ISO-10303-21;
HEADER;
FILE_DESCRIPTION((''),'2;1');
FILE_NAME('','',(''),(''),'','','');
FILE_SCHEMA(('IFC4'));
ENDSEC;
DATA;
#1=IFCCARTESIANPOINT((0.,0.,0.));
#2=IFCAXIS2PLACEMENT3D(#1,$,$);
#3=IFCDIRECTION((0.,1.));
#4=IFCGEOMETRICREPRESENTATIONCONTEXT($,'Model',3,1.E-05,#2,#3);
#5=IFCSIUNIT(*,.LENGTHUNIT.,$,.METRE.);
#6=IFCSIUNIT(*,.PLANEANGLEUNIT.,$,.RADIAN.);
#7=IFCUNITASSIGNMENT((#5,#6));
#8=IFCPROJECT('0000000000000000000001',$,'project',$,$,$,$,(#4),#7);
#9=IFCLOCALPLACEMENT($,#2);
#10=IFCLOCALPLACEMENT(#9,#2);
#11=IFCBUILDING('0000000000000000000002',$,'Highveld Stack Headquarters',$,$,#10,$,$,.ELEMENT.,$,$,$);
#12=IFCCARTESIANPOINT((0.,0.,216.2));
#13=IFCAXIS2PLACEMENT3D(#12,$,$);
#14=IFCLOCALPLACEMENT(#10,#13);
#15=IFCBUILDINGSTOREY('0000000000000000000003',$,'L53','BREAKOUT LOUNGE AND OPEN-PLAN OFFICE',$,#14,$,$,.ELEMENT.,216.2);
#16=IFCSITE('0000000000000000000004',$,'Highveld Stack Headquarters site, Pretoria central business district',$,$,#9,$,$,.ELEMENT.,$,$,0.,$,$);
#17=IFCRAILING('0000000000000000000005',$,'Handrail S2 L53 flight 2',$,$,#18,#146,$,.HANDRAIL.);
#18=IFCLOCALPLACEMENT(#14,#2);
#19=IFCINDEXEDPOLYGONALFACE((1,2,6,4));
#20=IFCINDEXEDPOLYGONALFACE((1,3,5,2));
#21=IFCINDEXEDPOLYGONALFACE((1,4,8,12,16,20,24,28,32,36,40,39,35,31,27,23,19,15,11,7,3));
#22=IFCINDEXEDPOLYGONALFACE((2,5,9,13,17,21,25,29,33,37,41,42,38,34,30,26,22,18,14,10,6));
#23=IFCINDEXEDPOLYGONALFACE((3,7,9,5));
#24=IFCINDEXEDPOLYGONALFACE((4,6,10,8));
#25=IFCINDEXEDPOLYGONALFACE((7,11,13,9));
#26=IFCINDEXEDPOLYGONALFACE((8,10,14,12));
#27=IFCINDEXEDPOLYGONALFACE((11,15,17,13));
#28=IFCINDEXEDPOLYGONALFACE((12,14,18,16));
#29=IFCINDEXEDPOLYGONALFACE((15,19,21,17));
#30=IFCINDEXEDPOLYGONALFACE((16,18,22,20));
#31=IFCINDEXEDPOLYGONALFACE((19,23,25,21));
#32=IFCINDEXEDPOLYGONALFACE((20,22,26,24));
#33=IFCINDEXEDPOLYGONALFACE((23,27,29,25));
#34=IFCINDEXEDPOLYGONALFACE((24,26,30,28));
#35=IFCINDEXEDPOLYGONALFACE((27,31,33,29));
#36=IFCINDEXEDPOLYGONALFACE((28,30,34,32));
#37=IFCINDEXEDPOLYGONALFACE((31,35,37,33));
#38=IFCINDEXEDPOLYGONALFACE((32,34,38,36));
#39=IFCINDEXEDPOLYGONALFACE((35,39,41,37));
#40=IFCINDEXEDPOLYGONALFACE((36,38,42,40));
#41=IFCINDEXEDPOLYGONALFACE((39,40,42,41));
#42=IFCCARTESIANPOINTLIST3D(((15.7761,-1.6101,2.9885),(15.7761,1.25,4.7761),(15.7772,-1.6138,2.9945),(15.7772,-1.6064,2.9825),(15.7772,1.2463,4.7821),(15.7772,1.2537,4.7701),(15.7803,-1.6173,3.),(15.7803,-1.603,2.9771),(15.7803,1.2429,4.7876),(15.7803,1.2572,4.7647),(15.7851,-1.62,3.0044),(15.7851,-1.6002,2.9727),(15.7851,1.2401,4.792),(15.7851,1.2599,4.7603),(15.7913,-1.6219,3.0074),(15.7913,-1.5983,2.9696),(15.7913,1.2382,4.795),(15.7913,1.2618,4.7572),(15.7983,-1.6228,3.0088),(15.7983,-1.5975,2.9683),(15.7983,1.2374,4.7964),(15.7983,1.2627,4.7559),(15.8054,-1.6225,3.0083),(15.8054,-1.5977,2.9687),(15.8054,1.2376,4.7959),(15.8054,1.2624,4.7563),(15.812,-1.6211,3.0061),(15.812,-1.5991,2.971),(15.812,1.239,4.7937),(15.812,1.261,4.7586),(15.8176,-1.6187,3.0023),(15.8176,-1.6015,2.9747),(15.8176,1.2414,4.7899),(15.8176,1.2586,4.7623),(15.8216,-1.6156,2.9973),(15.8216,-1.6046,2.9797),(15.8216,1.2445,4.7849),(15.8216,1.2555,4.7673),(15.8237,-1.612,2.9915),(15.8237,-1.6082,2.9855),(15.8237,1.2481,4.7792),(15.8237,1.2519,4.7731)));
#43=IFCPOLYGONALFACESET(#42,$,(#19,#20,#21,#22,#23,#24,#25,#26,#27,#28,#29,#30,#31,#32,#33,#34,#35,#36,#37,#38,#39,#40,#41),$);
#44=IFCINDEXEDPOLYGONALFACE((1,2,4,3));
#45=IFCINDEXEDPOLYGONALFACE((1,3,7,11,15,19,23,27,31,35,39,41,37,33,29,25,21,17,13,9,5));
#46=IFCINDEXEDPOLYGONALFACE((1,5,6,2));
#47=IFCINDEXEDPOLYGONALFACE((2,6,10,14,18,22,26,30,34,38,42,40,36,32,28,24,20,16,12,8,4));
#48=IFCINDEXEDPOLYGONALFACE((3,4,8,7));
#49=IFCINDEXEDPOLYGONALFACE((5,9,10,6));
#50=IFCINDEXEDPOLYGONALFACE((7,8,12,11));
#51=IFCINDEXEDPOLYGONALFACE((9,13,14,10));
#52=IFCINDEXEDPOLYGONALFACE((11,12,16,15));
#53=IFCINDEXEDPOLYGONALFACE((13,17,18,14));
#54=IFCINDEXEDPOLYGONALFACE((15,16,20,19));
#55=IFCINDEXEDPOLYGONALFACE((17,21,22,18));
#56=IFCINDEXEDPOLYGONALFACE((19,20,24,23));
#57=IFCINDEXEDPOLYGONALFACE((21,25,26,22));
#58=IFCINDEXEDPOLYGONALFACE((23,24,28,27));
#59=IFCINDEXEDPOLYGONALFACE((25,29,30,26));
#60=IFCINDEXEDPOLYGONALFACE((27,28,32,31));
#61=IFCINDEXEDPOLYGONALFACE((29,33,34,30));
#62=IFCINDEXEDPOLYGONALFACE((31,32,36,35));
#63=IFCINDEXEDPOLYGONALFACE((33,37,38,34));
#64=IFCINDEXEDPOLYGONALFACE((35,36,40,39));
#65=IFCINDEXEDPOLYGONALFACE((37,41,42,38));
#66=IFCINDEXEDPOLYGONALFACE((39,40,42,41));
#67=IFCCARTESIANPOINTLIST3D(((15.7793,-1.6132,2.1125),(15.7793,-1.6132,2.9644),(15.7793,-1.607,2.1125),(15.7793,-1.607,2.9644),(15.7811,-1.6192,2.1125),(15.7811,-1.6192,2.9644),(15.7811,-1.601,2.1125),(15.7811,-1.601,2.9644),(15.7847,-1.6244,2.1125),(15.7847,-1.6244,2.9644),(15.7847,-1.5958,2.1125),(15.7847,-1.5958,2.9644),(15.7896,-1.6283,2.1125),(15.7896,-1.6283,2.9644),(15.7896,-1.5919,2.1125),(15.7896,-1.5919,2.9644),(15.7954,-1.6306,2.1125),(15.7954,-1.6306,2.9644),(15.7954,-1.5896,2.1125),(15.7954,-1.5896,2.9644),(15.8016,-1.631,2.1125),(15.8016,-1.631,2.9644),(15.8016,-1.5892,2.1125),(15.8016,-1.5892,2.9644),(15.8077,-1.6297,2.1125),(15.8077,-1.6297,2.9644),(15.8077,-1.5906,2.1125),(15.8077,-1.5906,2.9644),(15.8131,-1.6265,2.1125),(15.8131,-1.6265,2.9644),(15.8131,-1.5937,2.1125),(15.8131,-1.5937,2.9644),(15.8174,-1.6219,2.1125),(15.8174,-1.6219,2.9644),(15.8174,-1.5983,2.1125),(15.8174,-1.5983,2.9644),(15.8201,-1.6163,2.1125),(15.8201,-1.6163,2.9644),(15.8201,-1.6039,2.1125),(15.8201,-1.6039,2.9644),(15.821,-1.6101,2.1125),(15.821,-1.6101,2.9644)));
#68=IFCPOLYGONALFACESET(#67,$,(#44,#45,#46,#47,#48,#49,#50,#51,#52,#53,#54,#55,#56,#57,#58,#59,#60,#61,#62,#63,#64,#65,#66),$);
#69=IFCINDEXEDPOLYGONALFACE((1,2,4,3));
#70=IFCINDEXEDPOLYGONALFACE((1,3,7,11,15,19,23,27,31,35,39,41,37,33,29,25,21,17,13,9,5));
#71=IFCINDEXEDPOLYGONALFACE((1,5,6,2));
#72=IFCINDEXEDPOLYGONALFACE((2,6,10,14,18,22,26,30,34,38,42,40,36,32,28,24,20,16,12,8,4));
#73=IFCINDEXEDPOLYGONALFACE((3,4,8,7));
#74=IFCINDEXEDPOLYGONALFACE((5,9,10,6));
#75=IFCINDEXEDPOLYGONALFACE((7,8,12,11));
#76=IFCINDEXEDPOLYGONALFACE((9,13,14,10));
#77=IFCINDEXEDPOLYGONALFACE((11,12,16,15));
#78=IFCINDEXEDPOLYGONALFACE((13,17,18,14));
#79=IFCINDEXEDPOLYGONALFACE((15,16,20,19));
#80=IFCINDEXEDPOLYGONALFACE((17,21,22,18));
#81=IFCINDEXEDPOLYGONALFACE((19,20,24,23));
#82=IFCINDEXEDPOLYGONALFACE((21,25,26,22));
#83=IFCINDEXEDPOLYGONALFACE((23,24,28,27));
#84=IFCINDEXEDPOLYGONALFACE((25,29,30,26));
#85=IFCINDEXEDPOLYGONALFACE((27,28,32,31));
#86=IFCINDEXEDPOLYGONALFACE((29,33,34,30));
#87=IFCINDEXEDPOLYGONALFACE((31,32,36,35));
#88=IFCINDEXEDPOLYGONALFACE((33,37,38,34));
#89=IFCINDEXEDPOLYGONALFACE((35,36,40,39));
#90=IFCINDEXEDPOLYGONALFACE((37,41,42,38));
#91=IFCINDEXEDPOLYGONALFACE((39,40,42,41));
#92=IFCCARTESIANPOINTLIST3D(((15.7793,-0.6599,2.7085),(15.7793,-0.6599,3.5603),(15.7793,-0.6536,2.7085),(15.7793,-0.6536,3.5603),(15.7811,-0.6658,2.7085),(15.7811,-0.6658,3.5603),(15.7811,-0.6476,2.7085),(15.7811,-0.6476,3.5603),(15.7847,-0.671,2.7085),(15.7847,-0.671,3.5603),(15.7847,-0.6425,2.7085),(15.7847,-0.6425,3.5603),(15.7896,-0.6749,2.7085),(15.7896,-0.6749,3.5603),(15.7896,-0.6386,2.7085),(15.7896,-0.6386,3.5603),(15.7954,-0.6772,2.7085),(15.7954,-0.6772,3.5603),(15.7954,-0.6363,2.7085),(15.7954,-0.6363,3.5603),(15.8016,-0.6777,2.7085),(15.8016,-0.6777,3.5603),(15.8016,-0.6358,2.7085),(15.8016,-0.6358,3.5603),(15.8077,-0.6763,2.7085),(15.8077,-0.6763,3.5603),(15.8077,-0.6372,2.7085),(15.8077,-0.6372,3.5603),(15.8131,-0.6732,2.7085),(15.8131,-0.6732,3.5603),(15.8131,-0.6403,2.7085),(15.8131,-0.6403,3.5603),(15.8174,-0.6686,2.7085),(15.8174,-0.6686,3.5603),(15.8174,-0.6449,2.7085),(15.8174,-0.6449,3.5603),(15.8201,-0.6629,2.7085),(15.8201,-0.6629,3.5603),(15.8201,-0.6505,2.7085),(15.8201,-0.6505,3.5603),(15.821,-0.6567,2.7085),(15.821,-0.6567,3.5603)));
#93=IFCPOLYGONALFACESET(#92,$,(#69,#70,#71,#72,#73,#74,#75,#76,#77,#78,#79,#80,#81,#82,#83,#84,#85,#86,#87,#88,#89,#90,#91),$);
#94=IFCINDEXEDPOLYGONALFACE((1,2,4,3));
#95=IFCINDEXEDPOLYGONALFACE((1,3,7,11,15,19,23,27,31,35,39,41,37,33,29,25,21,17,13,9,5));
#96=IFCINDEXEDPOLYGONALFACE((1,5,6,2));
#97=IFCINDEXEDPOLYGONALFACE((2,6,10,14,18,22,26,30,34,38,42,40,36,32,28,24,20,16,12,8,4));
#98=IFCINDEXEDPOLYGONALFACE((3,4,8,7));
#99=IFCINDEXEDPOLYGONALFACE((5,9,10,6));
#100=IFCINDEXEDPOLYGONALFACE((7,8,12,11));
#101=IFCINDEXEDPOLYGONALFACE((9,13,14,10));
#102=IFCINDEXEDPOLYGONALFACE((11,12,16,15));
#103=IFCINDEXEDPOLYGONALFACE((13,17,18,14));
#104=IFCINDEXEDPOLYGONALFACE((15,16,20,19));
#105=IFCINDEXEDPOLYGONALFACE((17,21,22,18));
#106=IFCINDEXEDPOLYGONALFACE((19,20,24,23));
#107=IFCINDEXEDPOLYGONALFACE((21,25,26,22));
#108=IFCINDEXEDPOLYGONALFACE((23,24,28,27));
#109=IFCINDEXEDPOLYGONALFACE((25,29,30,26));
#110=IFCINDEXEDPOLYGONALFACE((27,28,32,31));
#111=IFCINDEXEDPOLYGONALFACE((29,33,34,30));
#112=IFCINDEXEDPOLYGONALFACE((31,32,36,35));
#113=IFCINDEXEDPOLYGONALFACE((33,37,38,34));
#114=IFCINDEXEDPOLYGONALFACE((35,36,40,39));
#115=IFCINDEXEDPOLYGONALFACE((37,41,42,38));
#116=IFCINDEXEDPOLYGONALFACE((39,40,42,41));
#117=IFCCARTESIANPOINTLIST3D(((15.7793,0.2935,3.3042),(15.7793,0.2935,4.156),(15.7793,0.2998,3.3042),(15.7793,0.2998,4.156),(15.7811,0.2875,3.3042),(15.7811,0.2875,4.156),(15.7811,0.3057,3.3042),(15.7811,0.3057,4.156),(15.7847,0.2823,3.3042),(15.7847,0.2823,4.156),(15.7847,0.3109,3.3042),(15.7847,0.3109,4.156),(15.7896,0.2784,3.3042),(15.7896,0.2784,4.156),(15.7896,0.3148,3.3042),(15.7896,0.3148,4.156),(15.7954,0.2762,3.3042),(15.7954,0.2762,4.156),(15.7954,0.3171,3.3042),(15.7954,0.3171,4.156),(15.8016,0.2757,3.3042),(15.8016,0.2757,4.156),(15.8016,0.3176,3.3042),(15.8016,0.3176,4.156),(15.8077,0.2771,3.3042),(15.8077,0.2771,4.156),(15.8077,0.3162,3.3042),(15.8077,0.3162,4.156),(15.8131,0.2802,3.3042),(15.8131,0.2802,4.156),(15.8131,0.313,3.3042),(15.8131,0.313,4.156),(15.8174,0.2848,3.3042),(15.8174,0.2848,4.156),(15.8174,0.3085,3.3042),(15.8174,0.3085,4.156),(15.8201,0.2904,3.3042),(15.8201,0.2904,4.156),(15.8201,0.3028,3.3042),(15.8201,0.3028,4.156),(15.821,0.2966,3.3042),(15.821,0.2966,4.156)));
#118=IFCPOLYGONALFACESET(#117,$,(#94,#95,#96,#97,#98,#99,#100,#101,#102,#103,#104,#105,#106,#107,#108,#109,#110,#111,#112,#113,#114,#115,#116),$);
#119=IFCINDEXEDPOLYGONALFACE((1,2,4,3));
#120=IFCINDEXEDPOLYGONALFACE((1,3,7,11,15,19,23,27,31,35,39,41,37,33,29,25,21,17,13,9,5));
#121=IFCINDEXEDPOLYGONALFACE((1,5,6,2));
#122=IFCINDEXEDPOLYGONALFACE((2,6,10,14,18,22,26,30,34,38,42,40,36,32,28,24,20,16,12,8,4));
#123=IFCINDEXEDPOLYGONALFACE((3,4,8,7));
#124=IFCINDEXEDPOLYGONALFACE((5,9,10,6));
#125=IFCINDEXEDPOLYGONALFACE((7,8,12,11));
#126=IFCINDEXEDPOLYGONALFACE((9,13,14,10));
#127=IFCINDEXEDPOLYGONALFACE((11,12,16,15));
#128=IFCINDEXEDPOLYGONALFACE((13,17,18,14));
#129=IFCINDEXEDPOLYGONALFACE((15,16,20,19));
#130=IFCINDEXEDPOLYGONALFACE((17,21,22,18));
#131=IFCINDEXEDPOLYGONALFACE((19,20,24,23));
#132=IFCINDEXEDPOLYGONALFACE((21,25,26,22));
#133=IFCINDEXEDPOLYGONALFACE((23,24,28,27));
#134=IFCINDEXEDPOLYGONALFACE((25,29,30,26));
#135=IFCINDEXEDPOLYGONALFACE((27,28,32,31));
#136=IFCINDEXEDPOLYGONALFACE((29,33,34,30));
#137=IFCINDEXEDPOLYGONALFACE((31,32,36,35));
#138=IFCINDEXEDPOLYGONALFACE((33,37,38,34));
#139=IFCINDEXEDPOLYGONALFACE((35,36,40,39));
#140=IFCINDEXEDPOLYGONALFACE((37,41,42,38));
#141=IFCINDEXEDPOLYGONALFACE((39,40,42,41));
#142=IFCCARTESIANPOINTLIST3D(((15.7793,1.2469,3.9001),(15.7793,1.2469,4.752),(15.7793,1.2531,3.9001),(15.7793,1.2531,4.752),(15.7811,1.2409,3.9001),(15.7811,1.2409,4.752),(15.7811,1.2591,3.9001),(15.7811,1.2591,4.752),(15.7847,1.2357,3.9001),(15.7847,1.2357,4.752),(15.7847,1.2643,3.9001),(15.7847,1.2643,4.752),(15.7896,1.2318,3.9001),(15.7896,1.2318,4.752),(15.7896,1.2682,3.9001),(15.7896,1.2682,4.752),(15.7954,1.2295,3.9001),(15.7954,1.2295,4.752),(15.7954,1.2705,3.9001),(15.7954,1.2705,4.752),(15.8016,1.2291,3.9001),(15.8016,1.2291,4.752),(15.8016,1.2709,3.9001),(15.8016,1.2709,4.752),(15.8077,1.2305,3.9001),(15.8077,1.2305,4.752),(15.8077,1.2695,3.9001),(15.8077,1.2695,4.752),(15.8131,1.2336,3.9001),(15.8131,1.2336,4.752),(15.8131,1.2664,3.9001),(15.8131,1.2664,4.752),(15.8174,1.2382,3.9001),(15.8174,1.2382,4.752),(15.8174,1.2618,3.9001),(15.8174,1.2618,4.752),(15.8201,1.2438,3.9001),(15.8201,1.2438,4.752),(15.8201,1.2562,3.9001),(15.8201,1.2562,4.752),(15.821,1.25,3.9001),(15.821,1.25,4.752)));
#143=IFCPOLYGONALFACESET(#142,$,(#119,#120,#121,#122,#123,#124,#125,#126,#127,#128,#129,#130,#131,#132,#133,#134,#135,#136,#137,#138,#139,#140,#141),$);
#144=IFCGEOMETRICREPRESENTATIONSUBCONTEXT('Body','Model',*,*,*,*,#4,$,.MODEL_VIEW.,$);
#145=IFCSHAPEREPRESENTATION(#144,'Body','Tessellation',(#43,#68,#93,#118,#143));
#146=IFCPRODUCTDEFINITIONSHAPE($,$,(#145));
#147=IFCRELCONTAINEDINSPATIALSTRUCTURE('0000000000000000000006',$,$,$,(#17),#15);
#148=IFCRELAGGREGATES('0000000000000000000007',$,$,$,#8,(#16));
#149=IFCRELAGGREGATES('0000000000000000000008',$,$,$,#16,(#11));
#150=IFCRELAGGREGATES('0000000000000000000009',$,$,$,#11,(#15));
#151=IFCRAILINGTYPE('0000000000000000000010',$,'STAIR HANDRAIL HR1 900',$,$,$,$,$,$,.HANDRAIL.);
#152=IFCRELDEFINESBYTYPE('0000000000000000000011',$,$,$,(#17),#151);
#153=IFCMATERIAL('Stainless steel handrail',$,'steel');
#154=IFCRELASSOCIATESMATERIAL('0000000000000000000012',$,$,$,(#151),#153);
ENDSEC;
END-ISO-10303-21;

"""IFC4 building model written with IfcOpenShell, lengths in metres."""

from ifc_helpers import new_model, si_unit, direction, frame, origin, origin_2d, place, context, subcontext, project, spatial, circle, extrude, material, type_object, element, save


model = new_model("IFC4")

# Units and contexts
model_context = context("Model", 3, precision=1e-05, world=origin(), true_north=direction((0.0, 1.0)))
body_context = subcontext(model_context, "Body", "Model", "MODEL_VIEW")
ifc_project = project(units=[si_unit("LENGTHUNIT", "METRE"), si_unit("PLANEANGLEUNIT", "RADIAN")], contexts=[model_context])

# Site, building, storey
site_placement = place(None, origin())
site = spatial("IfcSite", under=ifc_project, at=site_placement, Name="Highveld Stack Headquarters site, Pretoria central business district", CompositionType="ELEMENT", RefElevation=0.0)
building_placement = place(site_placement, origin())
building = spatial("IfcBuilding", under=site, at=building_placement, Name="Highveld Stack Headquarters", CompositionType="ELEMENT")
storey_placement = place(building_placement, frame((0.0, 0.0, 216.2)))
storey = spatial("IfcBuildingStorey", under=building, at=storey_placement, Name="L53", Description="BREAKOUT LOUNGE AND OPEN-PLAN OFFICE", CompositionType="ELEMENT", Elevation=216.2)

# Railing
ifc_material_1 = material(Name="Stainless steel handrail", Category="steel")
railing_type = type_object("IfcRailingType", Name="STAIR HANDRAIL HR1 900", PredefinedType="HANDRAIL", material=ifc_material_1)
for number, where, name in (
    (1, (15.8, -1.6101, 2.1125), "Handrail S2 L53 flight 2"),
):
    element("IfcRailing", number, at=place(storey_placement, frame(where)), inside=storey, type_object=railing_type, Name=name, PredefinedType="HANDRAIL", context=body_context, shape_type="SweptSolid", body=[
        extrude(circle(Radius=0.0239, at=origin_2d()), frame((0.0, 0.0, 0.876), z_axis=(0.0, 0.847994, 0.530005), x_axis=(-1.0, 0.0, 0.0)), (0.0, 0.0, 1.0), 3.3728),
        extrude(circle(Radius=0.021, at=origin_2d()), origin(), (0.0, 0.0, 1.0), 0.8518),
        extrude(circle(Radius=0.021, at=origin_2d()), frame((0.0, 0.9534, 0.5959)), (0.0, 0.0, 1.0), 0.8518),
        extrude(circle(Radius=0.021, at=origin_2d()), frame((0.0, 1.9067, 1.1917)), (0.0, 0.0, 1.0), 0.8518),
        extrude(circle(Radius=0.021, at=origin_2d()), frame((0.0, 2.8601, 1.7876)), (0.0, 0.0, 1.0), 0.8518),
    ])

save(model, "model.ifc")
